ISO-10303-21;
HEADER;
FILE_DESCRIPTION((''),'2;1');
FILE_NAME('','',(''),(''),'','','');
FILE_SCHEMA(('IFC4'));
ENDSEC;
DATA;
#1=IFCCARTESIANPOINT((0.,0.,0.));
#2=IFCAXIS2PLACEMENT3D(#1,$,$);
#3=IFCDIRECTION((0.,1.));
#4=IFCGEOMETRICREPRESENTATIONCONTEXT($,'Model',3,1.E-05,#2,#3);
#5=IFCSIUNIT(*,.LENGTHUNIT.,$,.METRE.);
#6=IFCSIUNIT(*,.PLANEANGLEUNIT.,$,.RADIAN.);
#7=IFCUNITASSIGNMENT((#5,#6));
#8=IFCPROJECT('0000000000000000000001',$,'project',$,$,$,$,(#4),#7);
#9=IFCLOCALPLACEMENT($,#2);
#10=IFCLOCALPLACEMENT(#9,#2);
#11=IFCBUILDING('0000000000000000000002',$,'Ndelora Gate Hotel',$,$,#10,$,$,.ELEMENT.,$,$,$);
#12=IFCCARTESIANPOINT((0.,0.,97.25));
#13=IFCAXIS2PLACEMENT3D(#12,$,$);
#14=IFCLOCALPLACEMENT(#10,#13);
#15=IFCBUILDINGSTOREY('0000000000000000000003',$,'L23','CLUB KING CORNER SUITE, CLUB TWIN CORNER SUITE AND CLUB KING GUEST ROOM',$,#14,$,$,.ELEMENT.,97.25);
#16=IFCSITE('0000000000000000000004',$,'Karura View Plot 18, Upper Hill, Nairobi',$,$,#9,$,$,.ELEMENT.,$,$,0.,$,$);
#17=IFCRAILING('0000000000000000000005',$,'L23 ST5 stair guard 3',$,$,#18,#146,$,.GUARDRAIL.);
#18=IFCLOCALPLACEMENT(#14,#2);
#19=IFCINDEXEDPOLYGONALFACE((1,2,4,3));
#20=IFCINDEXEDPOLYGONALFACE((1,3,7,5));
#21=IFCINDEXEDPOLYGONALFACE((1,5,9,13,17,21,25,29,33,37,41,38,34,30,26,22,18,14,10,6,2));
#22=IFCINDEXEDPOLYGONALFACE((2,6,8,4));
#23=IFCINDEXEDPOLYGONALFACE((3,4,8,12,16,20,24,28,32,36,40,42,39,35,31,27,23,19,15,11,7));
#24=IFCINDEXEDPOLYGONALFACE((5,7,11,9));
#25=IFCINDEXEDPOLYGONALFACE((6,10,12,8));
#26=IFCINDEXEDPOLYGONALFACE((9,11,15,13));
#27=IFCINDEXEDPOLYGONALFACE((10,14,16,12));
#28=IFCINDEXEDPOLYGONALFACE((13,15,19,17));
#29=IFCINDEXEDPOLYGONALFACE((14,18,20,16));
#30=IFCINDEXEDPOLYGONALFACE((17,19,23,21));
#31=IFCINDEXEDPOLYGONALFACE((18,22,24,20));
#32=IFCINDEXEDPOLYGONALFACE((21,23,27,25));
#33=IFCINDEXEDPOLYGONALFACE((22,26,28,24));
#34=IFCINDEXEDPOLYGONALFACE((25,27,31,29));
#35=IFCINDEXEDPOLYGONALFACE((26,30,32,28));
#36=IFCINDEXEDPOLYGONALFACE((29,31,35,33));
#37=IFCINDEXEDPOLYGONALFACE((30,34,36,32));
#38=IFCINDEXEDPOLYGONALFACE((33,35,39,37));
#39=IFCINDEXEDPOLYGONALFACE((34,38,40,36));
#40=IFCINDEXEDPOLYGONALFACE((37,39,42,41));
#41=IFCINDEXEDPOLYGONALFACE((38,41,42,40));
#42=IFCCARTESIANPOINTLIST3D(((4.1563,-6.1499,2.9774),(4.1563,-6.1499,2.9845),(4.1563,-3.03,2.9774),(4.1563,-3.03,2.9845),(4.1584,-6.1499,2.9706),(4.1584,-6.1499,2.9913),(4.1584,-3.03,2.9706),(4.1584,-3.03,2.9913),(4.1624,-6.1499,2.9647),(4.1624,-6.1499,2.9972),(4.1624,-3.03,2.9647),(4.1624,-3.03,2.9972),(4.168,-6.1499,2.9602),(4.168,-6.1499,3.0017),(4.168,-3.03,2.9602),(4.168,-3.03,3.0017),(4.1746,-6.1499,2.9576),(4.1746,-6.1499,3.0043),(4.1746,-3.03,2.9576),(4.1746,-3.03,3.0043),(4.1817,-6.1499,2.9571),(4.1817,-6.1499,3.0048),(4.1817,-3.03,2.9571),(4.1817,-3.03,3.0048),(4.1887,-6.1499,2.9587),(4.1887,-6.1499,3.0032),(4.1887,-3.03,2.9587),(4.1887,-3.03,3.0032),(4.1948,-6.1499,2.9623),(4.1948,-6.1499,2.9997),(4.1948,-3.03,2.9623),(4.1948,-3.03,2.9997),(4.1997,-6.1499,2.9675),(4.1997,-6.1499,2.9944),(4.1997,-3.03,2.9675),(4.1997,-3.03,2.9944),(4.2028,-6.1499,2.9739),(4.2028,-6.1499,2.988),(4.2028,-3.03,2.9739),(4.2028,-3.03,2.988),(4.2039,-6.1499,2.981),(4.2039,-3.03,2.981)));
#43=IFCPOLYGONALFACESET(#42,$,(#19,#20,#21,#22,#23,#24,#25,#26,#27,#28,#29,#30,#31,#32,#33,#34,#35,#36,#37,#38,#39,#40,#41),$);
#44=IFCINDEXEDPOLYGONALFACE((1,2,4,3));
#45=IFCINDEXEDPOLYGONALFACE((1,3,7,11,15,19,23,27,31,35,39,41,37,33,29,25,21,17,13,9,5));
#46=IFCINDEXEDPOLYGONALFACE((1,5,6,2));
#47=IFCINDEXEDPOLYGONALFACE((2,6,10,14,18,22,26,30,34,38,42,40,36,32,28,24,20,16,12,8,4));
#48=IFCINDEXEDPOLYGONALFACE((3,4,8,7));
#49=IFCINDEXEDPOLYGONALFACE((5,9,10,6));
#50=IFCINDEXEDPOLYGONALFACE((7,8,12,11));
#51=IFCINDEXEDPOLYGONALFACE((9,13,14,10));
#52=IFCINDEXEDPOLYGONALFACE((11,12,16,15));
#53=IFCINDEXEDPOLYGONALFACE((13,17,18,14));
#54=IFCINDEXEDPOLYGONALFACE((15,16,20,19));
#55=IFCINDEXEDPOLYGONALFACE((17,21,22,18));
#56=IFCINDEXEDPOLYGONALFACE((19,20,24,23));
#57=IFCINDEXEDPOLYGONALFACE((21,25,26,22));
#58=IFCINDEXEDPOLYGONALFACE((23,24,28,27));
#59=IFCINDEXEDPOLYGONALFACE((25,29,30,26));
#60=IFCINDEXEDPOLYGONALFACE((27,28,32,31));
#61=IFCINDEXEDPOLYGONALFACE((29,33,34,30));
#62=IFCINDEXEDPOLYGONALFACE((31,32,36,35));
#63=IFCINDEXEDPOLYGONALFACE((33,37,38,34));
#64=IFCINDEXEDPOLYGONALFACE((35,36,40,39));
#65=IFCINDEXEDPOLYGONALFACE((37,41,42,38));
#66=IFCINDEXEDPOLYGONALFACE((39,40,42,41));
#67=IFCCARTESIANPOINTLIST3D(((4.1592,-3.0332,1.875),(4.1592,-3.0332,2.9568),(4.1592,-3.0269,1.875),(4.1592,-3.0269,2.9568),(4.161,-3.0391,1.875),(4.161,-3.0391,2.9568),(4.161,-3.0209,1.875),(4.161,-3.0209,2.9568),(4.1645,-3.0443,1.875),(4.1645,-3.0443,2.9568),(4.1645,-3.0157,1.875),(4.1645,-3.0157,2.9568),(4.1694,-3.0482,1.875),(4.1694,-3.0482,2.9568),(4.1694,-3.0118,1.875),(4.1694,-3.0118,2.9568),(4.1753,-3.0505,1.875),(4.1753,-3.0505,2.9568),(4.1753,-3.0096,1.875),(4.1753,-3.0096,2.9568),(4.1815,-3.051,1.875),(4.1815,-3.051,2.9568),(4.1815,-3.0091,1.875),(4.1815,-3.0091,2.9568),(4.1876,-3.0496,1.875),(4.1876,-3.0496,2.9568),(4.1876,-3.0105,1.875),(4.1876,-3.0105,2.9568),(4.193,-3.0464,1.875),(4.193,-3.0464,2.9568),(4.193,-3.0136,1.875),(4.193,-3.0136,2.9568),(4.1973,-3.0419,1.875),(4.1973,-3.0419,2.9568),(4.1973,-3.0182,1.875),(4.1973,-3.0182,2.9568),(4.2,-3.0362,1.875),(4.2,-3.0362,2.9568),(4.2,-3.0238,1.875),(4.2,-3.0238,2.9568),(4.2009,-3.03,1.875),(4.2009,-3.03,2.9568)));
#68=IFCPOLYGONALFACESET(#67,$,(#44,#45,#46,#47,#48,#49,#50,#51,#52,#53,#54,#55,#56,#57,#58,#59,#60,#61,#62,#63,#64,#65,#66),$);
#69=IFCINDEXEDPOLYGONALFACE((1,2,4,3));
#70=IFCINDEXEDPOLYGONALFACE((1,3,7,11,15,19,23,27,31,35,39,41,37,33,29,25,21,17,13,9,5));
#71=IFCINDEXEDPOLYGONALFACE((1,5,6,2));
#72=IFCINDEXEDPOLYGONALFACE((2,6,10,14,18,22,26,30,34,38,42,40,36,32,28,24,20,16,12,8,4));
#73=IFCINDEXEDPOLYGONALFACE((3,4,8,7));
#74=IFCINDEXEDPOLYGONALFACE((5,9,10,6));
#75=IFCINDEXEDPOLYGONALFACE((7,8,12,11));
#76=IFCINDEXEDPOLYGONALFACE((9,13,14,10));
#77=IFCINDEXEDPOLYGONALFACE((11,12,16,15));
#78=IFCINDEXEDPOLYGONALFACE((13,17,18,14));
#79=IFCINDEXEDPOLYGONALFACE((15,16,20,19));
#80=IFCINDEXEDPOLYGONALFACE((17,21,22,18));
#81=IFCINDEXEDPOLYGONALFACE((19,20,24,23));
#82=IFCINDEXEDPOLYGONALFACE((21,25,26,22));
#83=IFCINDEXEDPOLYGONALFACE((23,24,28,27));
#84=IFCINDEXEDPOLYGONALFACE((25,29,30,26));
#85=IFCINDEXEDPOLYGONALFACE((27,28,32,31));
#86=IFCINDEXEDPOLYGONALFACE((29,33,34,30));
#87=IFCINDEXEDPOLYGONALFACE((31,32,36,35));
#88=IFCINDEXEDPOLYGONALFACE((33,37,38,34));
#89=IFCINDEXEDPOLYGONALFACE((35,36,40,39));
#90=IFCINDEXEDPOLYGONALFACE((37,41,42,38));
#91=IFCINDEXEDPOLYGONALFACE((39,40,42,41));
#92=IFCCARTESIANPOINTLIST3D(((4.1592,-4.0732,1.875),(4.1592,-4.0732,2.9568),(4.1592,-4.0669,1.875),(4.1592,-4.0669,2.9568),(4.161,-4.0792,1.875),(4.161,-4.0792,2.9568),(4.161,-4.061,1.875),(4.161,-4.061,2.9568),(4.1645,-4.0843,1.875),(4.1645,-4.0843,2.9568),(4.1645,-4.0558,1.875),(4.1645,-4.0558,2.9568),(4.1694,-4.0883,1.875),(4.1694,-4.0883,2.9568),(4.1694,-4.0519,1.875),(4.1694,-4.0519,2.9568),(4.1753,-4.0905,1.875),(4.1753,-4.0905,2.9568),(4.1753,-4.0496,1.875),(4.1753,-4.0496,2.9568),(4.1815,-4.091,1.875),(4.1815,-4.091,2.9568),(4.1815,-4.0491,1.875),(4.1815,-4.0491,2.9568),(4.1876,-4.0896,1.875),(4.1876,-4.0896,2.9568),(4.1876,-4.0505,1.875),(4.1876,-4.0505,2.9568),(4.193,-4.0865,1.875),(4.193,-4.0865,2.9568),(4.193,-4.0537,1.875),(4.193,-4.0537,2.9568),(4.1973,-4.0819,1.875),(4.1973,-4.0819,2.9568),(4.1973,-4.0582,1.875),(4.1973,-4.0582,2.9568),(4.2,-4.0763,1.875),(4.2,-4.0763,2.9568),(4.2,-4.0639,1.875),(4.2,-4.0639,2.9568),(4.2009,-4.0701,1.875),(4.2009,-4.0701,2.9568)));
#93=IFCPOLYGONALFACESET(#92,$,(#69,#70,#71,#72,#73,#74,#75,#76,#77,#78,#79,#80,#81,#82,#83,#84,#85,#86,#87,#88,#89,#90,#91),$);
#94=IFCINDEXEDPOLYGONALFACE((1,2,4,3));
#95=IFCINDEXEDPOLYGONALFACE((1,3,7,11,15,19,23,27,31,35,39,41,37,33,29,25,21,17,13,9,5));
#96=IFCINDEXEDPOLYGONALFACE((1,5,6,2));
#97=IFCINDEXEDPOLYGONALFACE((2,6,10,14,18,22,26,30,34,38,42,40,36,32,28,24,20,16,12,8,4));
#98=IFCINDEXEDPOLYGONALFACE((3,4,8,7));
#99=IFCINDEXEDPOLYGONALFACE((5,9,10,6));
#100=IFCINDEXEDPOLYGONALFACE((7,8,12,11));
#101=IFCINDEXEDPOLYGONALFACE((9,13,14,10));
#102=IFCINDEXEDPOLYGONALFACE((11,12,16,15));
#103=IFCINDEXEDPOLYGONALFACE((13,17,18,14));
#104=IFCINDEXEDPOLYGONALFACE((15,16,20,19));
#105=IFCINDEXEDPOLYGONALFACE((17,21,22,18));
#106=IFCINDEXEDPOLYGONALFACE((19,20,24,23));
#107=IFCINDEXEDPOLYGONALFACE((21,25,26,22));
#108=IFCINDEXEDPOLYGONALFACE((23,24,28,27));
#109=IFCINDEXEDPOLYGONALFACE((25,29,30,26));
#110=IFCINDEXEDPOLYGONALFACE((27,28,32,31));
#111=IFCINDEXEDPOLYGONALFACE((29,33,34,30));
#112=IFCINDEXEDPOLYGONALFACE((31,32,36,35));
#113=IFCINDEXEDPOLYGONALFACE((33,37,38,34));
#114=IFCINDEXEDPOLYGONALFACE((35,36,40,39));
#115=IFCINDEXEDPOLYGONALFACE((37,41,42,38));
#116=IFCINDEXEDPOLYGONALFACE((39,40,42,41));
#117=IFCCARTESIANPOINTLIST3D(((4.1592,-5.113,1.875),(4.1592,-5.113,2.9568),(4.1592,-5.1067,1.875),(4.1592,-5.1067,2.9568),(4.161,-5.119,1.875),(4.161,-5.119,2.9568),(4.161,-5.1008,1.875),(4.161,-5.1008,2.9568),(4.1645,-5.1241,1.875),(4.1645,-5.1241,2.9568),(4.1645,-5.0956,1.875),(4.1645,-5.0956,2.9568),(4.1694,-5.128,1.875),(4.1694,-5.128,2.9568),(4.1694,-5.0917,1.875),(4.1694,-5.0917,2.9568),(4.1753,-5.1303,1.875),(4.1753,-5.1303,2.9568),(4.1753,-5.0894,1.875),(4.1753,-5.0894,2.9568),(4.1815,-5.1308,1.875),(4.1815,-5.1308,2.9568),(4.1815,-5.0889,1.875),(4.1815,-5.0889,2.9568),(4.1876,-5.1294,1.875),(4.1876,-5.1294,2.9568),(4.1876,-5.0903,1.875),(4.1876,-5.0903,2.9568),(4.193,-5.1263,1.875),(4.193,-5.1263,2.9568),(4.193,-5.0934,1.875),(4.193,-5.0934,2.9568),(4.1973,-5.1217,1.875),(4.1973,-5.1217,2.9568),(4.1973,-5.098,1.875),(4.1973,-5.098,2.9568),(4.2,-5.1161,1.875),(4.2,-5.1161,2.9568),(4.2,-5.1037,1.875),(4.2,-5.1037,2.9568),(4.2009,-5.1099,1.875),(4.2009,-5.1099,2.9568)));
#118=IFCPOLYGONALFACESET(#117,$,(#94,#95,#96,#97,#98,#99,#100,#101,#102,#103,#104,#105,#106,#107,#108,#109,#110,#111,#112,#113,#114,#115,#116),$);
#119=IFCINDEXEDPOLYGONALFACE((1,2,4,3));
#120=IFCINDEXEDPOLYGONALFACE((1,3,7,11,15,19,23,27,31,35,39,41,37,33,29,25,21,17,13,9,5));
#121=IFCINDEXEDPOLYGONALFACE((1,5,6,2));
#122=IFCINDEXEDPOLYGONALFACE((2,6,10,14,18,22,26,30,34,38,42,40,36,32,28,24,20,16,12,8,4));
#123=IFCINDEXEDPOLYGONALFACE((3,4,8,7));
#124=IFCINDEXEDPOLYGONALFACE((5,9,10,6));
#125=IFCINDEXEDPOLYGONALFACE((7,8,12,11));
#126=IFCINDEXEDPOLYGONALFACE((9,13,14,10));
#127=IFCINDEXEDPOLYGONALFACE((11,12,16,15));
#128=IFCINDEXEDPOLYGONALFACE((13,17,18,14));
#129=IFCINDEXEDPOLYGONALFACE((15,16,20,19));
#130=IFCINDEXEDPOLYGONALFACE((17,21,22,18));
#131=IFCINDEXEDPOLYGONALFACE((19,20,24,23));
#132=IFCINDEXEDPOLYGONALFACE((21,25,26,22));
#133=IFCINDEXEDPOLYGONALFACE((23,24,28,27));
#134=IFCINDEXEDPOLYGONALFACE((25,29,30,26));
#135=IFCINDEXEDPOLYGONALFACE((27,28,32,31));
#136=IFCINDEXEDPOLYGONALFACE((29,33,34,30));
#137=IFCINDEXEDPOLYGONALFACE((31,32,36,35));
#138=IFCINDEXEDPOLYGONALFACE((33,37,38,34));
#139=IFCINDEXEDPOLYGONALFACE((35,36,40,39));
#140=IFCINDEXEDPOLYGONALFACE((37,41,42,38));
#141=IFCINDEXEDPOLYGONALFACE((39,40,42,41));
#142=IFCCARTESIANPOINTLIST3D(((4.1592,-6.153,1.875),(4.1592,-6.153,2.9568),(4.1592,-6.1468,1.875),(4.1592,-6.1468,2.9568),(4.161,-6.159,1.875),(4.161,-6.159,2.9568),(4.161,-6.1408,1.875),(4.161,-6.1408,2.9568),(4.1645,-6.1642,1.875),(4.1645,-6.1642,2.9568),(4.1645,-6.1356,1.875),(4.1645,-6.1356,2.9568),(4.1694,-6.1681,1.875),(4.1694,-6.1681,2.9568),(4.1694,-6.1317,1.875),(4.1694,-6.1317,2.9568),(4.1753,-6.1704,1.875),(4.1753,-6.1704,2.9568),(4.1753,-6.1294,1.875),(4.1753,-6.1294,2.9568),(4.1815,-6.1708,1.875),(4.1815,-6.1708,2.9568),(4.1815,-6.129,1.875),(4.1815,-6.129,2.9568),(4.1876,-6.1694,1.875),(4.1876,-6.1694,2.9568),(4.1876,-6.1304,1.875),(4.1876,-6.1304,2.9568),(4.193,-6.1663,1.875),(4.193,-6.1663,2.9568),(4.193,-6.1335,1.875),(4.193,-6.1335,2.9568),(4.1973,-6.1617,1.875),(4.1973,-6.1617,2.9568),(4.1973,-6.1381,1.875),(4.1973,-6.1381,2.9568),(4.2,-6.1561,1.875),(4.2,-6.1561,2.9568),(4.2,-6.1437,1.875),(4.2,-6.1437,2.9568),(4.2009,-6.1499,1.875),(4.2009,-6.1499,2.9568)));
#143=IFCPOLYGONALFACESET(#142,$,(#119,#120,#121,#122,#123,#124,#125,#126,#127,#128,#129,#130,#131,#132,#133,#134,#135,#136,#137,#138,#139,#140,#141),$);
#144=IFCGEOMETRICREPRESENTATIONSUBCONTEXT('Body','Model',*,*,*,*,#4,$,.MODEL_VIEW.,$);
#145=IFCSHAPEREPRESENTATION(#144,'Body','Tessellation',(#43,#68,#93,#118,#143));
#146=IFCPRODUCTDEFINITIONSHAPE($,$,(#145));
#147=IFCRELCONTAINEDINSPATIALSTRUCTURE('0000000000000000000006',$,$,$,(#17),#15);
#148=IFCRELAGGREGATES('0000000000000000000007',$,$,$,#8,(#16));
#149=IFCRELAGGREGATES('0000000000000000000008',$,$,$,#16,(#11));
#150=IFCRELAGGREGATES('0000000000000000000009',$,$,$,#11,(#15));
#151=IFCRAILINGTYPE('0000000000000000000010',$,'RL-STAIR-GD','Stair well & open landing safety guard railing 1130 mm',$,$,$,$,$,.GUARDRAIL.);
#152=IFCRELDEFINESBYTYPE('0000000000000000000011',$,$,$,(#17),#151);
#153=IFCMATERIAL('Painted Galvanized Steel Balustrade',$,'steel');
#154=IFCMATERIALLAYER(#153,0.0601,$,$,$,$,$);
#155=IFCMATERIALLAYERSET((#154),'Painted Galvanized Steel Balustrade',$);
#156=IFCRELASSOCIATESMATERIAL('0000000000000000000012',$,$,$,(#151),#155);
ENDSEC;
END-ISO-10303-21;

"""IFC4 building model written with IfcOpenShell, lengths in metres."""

from ifc_helpers import new_model, si_unit, direction, frame, origin, origin_2d, place, context, subcontext, project, spatial, circle, extrude, material, layer, layer_set, type_object, element, save


model = new_model("IFC4")

# Units and contexts
model_context = context("Model", 3, precision=1e-05, world=origin(), true_north=direction((0.0, 1.0)))
body_context = subcontext(model_context, "Body", "Model", "MODEL_VIEW")
ifc_project = project(units=[si_unit("LENGTHUNIT", "METRE"), si_unit("PLANEANGLEUNIT", "RADIAN")], contexts=[model_context])

# Site, building, storey
site_placement = place(None, origin())
site = spatial("IfcSite", under=ifc_project, at=site_placement, Name="Karura View Plot 18, Upper Hill, Nairobi", CompositionType="ELEMENT", RefElevation=0.0)
building_placement = place(site_placement, origin())
building = spatial("IfcBuilding", under=site, at=building_placement, Name="Ndelora Gate Hotel", CompositionType="ELEMENT")
storey_placement = place(building_placement, frame((0.0, 0.0, 97.25)))
storey = spatial("IfcBuildingStorey", under=building, at=storey_placement, Name="L23", Description="CLUB KING CORNER SUITE, CLUB TWIN CORNER SUITE AND CLUB KING GUEST ROOM", CompositionType="ELEMENT", Elevation=97.25)

# Railing
ifc_material_1 = material(Name="Painted Galvanized Steel Balustrade", Category="steel")
ifc_layer_1 = layer(ifc_material_1, 0.0601)
ifc_layer_set_1 = layer_set([ifc_layer_1], Name="Painted Galvanized Steel Balustrade")
railing_type_1 = type_object("IfcRailingType", Name="RL-STAIR-GD", Description="Stair well & open landing safety guard railing 1130 mm", PredefinedType="GUARDRAIL", material=ifc_layer_set_1)
railing_1_placement = place(storey_placement, frame((4.1799, -3.03, 1.875)))
element("IfcRailing", 1, at=railing_1_placement, inside=storey, type_object=railing_type_1, Name="L23 ST5 stair guard 3", PredefinedType="GUARDRAIL", context=body_context, shape_type="SweptSolid", body=[
    extrude(circle(Radius=0.0239, at=origin_2d()), frame((0.0, 0.0, 1.106), z_axis=(0.0, -1.0, 0.0), x_axis=(1.0, 0.0, 0.0)), (0.0, 0.0, 1.0), 3.1199),
    extrude(circle(Radius=0.021, at=origin_2d()), origin(), (0.0, 0.0, 1.0), 1.0818),
    extrude(circle(Radius=0.021, at=origin_2d()), frame((0.0, -1.04, 0.0)), (0.0, 0.0, 1.0), 1.0818),
    extrude(circle(Radius=0.021, at=origin_2d()), frame((0.0, -2.0798, 0.0)), (0.0, 0.0, 1.0), 1.0818),
    extrude(circle(Radius=0.021, at=origin_2d()), frame((0.0, -3.1199, 0.0)), (0.0, 0.0, 1.0), 1.0818),
])

save(model, "model.ifc")
